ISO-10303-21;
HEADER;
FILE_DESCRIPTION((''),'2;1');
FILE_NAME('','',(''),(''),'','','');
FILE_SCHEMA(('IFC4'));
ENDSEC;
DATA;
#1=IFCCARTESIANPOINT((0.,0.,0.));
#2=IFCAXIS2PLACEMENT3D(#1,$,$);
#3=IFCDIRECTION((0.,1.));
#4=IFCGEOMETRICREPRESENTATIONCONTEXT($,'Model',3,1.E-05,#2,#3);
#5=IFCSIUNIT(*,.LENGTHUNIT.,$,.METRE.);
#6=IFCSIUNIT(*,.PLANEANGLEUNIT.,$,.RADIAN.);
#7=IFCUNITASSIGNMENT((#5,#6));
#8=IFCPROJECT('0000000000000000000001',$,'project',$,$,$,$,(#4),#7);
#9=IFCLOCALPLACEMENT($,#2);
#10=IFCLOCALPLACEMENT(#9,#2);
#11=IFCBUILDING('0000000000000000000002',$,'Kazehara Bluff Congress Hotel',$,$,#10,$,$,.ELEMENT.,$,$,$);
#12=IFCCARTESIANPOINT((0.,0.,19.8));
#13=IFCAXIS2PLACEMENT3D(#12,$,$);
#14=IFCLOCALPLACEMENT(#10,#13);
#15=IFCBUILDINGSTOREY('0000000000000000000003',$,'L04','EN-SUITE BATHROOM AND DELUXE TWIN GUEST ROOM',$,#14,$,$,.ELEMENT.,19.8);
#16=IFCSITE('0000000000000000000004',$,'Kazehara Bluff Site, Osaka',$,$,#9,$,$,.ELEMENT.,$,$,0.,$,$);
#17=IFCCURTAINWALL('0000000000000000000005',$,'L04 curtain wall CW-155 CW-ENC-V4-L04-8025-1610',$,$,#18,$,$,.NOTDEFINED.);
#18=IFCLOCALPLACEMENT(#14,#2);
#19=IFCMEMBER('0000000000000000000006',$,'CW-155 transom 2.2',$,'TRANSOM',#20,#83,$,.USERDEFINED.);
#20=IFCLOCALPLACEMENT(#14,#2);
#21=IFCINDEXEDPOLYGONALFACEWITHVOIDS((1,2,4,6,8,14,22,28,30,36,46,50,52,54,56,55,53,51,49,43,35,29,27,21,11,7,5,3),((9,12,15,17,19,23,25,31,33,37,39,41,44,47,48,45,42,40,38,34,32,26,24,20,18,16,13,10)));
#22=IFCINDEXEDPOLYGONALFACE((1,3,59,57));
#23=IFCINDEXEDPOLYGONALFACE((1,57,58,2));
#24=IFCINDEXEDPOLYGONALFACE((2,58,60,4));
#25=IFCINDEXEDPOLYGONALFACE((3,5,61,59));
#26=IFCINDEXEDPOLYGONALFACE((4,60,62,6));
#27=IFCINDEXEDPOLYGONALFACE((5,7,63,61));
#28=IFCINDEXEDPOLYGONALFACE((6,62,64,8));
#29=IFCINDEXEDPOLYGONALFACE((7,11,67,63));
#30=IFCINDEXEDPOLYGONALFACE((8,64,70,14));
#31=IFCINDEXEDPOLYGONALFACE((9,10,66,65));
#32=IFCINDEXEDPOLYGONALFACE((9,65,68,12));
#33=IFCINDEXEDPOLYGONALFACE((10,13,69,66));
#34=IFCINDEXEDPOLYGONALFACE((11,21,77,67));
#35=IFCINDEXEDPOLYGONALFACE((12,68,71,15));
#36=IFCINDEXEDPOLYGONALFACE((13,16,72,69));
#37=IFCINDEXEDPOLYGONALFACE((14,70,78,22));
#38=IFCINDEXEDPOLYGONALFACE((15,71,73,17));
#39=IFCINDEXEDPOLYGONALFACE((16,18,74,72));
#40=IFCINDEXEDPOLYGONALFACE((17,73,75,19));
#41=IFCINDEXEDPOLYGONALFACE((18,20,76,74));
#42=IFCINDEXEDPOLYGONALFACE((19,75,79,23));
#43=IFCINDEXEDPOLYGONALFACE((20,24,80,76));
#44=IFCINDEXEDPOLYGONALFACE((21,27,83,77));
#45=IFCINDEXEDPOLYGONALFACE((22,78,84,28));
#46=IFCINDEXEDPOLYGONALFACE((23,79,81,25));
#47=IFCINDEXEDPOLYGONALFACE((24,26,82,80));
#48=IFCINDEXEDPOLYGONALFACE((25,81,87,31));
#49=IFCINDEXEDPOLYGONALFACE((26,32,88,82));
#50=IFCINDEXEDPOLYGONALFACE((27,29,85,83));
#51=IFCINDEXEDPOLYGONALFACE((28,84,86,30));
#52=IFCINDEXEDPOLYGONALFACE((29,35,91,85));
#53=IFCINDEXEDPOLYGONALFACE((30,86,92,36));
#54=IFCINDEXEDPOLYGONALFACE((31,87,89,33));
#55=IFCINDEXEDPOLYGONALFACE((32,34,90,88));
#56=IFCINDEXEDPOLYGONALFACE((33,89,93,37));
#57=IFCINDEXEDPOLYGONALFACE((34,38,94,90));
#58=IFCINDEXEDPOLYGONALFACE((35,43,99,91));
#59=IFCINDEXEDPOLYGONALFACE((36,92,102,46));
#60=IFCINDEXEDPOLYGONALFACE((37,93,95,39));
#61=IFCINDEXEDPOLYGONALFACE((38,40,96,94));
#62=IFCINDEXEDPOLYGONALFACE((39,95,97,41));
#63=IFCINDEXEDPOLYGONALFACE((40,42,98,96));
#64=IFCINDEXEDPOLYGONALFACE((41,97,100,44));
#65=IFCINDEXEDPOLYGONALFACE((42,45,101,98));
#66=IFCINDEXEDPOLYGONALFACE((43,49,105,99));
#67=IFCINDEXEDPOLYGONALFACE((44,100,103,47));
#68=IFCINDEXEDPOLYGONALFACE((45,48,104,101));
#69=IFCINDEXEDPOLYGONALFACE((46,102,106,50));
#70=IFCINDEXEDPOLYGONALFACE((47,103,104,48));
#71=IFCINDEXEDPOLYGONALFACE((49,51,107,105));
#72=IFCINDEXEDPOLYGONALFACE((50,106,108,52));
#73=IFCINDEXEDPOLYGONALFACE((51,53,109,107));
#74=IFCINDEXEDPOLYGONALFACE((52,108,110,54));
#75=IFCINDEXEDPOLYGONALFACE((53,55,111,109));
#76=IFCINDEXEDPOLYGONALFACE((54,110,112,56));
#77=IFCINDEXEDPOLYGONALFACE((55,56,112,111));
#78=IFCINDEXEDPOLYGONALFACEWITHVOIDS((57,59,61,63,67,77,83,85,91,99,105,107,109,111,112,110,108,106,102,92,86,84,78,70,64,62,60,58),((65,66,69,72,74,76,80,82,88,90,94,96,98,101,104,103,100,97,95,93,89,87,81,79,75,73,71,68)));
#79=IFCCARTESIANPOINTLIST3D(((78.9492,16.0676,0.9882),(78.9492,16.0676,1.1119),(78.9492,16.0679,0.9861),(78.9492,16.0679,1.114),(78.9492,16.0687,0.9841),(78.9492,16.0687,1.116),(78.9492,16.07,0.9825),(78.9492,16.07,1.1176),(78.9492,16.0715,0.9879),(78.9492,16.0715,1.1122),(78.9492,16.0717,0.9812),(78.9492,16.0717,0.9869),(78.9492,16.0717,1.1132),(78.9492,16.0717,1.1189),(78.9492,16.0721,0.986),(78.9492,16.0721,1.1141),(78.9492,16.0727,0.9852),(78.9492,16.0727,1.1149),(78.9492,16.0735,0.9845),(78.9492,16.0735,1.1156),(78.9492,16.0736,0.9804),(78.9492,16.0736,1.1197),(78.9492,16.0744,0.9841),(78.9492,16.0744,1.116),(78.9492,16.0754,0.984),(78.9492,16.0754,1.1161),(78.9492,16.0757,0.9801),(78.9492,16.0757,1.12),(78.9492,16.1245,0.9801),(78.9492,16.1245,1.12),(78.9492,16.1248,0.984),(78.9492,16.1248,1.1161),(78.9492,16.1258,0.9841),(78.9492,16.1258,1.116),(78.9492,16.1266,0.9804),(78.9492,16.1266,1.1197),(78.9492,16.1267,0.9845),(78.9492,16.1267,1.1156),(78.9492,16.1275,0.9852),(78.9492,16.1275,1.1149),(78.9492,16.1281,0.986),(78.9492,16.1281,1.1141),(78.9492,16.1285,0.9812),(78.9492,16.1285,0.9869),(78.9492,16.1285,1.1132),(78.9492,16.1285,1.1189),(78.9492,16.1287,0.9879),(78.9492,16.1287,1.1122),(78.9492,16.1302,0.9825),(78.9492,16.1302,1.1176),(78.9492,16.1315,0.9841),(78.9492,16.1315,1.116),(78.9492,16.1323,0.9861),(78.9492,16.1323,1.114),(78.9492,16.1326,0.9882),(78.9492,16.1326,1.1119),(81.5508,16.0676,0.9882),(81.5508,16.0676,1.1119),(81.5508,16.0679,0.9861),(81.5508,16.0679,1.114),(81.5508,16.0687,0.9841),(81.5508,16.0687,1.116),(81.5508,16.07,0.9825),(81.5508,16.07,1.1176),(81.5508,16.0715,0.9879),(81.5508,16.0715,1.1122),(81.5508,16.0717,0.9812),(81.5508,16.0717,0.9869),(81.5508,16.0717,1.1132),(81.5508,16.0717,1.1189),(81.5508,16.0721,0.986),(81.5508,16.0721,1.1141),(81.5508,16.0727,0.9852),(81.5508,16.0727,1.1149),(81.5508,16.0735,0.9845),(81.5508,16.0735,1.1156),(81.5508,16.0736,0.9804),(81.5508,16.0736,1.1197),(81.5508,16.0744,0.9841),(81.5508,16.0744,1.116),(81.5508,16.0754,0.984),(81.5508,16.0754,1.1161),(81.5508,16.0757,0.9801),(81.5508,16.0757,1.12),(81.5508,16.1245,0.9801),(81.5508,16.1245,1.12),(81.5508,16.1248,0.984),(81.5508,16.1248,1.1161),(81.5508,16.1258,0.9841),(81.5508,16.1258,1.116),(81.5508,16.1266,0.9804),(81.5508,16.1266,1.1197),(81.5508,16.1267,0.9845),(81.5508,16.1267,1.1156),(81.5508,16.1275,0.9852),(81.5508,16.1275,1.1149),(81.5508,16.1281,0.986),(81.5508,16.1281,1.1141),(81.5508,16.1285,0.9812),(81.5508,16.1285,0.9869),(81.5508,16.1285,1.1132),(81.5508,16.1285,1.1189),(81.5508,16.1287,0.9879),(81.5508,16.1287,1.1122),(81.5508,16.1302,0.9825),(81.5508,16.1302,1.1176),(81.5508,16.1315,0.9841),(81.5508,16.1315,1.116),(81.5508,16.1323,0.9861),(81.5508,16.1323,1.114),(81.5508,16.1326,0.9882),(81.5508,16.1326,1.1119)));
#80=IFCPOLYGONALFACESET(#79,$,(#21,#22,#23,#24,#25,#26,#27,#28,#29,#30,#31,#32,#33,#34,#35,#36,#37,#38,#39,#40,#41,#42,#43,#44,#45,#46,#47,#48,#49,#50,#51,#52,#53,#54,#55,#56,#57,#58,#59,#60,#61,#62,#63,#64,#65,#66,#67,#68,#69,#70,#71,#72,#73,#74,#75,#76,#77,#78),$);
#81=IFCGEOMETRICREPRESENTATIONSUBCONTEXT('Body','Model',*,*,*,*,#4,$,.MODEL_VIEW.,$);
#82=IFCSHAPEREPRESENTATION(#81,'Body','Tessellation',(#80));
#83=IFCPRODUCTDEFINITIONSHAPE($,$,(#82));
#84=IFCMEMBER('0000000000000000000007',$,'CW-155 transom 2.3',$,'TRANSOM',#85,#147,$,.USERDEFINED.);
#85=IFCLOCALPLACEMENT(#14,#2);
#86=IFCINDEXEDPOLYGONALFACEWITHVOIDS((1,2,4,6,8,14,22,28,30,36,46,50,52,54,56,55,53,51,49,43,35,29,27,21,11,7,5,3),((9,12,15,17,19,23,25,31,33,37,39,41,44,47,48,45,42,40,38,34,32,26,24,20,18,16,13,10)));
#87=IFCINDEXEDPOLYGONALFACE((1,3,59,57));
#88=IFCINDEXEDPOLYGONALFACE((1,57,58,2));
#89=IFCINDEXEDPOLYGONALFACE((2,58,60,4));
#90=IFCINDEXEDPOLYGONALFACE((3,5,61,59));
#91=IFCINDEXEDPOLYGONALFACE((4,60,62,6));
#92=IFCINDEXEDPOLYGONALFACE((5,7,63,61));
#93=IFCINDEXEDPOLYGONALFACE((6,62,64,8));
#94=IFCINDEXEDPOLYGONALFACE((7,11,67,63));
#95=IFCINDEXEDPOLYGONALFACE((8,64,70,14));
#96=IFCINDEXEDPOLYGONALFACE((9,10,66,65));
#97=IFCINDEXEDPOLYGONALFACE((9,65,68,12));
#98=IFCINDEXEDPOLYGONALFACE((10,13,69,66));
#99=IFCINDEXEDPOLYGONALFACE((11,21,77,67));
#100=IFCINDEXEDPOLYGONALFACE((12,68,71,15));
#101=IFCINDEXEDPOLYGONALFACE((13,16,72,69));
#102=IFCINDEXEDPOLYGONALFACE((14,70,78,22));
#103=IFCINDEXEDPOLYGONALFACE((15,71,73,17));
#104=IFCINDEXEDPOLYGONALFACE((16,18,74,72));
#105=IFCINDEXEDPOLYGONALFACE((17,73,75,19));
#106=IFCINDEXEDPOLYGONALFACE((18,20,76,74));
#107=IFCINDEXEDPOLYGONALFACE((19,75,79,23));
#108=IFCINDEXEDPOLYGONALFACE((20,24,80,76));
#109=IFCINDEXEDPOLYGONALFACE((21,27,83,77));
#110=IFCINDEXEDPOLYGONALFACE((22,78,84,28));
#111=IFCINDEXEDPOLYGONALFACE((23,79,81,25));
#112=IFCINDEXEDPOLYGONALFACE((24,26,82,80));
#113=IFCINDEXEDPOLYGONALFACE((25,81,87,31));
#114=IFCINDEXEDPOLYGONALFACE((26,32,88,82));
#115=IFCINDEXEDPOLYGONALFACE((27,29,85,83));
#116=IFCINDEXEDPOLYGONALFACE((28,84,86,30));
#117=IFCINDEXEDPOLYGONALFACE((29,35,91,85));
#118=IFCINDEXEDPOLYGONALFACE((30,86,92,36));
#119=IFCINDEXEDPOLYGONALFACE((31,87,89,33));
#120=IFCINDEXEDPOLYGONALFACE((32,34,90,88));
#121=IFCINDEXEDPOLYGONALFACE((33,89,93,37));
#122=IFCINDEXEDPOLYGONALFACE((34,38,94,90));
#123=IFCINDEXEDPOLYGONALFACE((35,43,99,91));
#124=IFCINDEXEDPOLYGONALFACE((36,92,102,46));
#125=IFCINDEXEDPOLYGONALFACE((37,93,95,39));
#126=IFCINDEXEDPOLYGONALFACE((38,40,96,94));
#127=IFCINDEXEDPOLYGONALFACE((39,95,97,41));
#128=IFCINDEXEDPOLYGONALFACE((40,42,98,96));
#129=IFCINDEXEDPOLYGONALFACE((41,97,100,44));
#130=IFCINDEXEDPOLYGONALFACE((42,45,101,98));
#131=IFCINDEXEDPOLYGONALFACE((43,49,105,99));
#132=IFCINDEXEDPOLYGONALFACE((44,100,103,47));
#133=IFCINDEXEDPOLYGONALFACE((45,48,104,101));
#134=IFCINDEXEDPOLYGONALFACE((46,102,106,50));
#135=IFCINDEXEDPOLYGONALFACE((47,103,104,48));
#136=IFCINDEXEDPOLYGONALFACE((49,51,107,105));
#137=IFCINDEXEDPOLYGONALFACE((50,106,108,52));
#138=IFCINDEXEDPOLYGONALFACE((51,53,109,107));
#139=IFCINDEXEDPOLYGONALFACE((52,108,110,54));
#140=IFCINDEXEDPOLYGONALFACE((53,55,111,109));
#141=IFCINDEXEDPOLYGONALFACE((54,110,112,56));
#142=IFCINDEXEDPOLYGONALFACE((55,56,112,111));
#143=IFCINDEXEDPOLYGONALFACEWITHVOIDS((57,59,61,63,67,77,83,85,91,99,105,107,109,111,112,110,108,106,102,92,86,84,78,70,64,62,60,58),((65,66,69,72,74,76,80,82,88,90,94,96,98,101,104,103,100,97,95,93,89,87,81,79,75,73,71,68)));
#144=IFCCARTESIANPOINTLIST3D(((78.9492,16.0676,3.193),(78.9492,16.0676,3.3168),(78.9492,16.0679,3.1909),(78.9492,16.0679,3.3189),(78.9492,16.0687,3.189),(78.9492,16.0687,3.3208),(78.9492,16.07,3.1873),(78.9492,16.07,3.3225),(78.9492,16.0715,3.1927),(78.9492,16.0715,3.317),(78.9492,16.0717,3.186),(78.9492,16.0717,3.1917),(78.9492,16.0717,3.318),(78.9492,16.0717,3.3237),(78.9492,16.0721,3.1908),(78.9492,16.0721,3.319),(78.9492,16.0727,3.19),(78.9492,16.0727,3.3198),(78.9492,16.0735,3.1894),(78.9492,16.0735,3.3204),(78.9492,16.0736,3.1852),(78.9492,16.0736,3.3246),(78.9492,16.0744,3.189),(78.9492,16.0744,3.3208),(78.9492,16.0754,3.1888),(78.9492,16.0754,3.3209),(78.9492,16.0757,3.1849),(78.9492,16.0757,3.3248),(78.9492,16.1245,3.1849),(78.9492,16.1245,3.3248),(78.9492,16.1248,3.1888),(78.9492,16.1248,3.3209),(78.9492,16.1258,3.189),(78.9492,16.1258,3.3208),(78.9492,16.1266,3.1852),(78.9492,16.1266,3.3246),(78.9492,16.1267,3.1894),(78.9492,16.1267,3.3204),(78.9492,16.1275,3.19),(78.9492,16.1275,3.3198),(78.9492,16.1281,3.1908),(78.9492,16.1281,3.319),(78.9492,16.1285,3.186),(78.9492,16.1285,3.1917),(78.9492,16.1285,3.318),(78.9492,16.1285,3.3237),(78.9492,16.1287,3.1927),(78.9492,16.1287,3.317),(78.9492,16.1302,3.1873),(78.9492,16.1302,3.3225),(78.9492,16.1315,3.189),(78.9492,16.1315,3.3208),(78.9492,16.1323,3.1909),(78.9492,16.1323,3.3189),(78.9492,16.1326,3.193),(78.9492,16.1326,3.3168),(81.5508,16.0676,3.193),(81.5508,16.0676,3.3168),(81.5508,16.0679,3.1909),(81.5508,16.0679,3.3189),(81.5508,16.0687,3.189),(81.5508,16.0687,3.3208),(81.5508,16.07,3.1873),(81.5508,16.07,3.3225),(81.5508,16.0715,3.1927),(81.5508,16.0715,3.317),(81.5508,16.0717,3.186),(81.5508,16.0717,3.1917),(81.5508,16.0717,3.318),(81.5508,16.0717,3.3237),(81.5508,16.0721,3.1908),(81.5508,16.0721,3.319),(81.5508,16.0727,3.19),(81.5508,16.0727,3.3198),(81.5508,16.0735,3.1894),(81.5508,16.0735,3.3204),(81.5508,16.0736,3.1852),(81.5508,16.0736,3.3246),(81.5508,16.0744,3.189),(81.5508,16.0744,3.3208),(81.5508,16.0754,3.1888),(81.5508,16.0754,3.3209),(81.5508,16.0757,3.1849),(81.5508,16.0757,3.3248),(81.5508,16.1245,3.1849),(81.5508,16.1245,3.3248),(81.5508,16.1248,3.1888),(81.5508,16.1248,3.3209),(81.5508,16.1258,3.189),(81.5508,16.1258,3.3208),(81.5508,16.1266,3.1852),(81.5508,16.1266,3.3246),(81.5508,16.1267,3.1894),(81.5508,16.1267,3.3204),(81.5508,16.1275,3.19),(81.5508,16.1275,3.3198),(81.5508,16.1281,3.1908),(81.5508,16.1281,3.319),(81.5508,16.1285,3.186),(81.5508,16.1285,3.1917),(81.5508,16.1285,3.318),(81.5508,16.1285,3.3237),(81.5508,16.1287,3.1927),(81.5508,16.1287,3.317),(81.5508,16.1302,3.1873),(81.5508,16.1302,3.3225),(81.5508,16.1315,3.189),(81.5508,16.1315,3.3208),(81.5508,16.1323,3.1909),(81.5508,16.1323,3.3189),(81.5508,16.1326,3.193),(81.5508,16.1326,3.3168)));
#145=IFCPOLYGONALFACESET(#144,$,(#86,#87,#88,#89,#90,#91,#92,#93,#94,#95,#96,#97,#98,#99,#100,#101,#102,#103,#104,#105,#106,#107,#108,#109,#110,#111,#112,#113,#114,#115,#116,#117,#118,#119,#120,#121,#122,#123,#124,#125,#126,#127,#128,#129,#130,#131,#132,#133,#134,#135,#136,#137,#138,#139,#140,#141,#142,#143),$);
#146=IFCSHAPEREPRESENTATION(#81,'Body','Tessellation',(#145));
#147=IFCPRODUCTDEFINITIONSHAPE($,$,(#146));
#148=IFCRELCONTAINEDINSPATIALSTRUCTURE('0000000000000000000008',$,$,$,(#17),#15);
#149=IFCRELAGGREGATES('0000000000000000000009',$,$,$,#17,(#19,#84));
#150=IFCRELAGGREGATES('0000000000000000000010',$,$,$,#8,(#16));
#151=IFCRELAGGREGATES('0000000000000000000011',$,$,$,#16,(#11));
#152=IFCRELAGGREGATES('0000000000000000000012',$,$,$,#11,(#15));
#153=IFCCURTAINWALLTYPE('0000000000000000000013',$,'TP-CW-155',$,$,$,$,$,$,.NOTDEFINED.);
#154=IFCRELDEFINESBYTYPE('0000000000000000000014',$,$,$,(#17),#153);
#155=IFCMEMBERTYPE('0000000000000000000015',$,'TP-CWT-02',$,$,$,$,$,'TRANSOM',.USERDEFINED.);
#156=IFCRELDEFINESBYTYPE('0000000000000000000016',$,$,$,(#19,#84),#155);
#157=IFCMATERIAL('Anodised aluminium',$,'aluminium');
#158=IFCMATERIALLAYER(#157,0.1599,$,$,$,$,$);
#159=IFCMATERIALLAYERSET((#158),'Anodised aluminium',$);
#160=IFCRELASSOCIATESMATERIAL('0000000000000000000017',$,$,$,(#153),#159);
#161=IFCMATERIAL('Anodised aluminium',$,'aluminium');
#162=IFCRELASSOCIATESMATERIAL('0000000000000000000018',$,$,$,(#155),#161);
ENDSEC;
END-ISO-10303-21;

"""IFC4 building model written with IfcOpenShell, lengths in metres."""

from ifc_helpers import new_model, si_unit, direction, frame, origin, origin_2d, place, context, subcontext, project, spatial, hollow_rectangle, extrude, material, layer, layer_set, material_profile, profile_set, type_object, element, aggregate, save


model = new_model("IFC4")

# Units and contexts
model_context = context("Model", 3, precision=1e-05, world=origin(), true_north=direction((0.0, 1.0)))
body_context = subcontext(model_context, "Body", "Model", "MODEL_VIEW")
ifc_project = project(units=[si_unit("LENGTHUNIT", "METRE"), si_unit("PLANEANGLEUNIT", "RADIAN")], contexts=[model_context])

# Site, building, storey
site_placement = place(None, origin())
site = spatial("IfcSite", under=ifc_project, at=site_placement, Name="Kazehara Bluff Site, Osaka", CompositionType="ELEMENT", RefElevation=0.0)
building_placement = place(site_placement, origin())
building = spatial("IfcBuilding", under=site, at=building_placement, Name="Kazehara Bluff Congress Hotel", CompositionType="ELEMENT")
storey_placement = place(building_placement, frame((0.0, 0.0, 19.8)))
storey = spatial("IfcBuildingStorey", under=building, at=storey_placement, Name="L04", Description="EN-SUITE BATHROOM AND DELUXE TWIN GUEST ROOM", CompositionType="ELEMENT", Elevation=19.8)

# Curtain wall
ifc_material_1 = material(Name="Anodised aluminium", Category="aluminium")
ifc_layer_1 = layer(ifc_material_1, 0.1599)
ifc_layer_set_1 = layer_set([ifc_layer_1], Name="Anodised aluminium")
curtain_wall_type_1 = type_object("IfcCurtainWallType", Name="TP-CW-155", PredefinedType="NOTDEFINED", material=ifc_layer_set_1)
curtain_wall_1_placement = place(storey_placement, origin())
curtain_wall_1 = element("IfcCurtainWall", 1, at=curtain_wall_1_placement, inside=storey, type_object=curtain_wall_type_1, Name="L04 curtain wall CW-155 CW-ENC-V4-L04-8025-1610", PredefinedType="NOTDEFINED")
ifc_material_2 = material(Name="Anodised aluminium", Category="aluminium")
ifc_material_profile_1 = material_profile(ifc_material_2, hollow_rectangle(XDim=0.0649, YDim=0.1399, WallThickness=0.0039, InnerFilletRadius=0.0039, OuterFilletRadius=0.0081, at=origin_2d()))
ifc_profile_set_1 = profile_set([ifc_material_profile_1], Name="Anodised aluminium")
member_type_1 = type_object("IfcMemberType", Name="TP-CWT-02", ElementType="TRANSOM", PredefinedType="USERDEFINED", material=ifc_profile_set_1)

# Members
member_1_placement = place(storey_placement, frame((81.5508, 16.1001, 1.05), z_axis=(-1.0, 0.0, 0.0), x_axis=(0.0, -1.0, 0.0)))
member_1 = element("IfcMember", 2, at=member_1_placement, type_object=member_type_1, Name="CW-155 transom 2.2", ObjectType="TRANSOM", PredefinedType="USERDEFINED", context=body_context, shape_type="SweptSolid", body=[
    extrude(hollow_rectangle(XDim=0.0649, YDim=0.1399, WallThickness=0.0039, InnerFilletRadius=0.0039, OuterFilletRadius=0.0081, at=origin_2d()), origin(), (0.0, 0.0, 1.0), 2.6016),
])
member_2_placement = place(storey_placement, frame((81.5508, 16.1001, 3.2549), z_axis=(-1.0, 0.0, 0.0), x_axis=(0.0, -1.0, 0.0)))
member_2 = element("IfcMember", 3, at=member_2_placement, type_object=member_type_1, Name="CW-155 transom 2.3", ObjectType="TRANSOM", PredefinedType="USERDEFINED", context=body_context, shape_type="SweptSolid", body=[
    extrude(hollow_rectangle(XDim=0.0649, YDim=0.1399, WallThickness=0.0039, InnerFilletRadius=0.0039, OuterFilletRadius=0.0081, at=origin_2d()), origin(), (0.0, 0.0, 1.0), 2.6016),
])

aggregate(curtain_wall_1, [member_1, member_2])

save(model, "model.ifc")
